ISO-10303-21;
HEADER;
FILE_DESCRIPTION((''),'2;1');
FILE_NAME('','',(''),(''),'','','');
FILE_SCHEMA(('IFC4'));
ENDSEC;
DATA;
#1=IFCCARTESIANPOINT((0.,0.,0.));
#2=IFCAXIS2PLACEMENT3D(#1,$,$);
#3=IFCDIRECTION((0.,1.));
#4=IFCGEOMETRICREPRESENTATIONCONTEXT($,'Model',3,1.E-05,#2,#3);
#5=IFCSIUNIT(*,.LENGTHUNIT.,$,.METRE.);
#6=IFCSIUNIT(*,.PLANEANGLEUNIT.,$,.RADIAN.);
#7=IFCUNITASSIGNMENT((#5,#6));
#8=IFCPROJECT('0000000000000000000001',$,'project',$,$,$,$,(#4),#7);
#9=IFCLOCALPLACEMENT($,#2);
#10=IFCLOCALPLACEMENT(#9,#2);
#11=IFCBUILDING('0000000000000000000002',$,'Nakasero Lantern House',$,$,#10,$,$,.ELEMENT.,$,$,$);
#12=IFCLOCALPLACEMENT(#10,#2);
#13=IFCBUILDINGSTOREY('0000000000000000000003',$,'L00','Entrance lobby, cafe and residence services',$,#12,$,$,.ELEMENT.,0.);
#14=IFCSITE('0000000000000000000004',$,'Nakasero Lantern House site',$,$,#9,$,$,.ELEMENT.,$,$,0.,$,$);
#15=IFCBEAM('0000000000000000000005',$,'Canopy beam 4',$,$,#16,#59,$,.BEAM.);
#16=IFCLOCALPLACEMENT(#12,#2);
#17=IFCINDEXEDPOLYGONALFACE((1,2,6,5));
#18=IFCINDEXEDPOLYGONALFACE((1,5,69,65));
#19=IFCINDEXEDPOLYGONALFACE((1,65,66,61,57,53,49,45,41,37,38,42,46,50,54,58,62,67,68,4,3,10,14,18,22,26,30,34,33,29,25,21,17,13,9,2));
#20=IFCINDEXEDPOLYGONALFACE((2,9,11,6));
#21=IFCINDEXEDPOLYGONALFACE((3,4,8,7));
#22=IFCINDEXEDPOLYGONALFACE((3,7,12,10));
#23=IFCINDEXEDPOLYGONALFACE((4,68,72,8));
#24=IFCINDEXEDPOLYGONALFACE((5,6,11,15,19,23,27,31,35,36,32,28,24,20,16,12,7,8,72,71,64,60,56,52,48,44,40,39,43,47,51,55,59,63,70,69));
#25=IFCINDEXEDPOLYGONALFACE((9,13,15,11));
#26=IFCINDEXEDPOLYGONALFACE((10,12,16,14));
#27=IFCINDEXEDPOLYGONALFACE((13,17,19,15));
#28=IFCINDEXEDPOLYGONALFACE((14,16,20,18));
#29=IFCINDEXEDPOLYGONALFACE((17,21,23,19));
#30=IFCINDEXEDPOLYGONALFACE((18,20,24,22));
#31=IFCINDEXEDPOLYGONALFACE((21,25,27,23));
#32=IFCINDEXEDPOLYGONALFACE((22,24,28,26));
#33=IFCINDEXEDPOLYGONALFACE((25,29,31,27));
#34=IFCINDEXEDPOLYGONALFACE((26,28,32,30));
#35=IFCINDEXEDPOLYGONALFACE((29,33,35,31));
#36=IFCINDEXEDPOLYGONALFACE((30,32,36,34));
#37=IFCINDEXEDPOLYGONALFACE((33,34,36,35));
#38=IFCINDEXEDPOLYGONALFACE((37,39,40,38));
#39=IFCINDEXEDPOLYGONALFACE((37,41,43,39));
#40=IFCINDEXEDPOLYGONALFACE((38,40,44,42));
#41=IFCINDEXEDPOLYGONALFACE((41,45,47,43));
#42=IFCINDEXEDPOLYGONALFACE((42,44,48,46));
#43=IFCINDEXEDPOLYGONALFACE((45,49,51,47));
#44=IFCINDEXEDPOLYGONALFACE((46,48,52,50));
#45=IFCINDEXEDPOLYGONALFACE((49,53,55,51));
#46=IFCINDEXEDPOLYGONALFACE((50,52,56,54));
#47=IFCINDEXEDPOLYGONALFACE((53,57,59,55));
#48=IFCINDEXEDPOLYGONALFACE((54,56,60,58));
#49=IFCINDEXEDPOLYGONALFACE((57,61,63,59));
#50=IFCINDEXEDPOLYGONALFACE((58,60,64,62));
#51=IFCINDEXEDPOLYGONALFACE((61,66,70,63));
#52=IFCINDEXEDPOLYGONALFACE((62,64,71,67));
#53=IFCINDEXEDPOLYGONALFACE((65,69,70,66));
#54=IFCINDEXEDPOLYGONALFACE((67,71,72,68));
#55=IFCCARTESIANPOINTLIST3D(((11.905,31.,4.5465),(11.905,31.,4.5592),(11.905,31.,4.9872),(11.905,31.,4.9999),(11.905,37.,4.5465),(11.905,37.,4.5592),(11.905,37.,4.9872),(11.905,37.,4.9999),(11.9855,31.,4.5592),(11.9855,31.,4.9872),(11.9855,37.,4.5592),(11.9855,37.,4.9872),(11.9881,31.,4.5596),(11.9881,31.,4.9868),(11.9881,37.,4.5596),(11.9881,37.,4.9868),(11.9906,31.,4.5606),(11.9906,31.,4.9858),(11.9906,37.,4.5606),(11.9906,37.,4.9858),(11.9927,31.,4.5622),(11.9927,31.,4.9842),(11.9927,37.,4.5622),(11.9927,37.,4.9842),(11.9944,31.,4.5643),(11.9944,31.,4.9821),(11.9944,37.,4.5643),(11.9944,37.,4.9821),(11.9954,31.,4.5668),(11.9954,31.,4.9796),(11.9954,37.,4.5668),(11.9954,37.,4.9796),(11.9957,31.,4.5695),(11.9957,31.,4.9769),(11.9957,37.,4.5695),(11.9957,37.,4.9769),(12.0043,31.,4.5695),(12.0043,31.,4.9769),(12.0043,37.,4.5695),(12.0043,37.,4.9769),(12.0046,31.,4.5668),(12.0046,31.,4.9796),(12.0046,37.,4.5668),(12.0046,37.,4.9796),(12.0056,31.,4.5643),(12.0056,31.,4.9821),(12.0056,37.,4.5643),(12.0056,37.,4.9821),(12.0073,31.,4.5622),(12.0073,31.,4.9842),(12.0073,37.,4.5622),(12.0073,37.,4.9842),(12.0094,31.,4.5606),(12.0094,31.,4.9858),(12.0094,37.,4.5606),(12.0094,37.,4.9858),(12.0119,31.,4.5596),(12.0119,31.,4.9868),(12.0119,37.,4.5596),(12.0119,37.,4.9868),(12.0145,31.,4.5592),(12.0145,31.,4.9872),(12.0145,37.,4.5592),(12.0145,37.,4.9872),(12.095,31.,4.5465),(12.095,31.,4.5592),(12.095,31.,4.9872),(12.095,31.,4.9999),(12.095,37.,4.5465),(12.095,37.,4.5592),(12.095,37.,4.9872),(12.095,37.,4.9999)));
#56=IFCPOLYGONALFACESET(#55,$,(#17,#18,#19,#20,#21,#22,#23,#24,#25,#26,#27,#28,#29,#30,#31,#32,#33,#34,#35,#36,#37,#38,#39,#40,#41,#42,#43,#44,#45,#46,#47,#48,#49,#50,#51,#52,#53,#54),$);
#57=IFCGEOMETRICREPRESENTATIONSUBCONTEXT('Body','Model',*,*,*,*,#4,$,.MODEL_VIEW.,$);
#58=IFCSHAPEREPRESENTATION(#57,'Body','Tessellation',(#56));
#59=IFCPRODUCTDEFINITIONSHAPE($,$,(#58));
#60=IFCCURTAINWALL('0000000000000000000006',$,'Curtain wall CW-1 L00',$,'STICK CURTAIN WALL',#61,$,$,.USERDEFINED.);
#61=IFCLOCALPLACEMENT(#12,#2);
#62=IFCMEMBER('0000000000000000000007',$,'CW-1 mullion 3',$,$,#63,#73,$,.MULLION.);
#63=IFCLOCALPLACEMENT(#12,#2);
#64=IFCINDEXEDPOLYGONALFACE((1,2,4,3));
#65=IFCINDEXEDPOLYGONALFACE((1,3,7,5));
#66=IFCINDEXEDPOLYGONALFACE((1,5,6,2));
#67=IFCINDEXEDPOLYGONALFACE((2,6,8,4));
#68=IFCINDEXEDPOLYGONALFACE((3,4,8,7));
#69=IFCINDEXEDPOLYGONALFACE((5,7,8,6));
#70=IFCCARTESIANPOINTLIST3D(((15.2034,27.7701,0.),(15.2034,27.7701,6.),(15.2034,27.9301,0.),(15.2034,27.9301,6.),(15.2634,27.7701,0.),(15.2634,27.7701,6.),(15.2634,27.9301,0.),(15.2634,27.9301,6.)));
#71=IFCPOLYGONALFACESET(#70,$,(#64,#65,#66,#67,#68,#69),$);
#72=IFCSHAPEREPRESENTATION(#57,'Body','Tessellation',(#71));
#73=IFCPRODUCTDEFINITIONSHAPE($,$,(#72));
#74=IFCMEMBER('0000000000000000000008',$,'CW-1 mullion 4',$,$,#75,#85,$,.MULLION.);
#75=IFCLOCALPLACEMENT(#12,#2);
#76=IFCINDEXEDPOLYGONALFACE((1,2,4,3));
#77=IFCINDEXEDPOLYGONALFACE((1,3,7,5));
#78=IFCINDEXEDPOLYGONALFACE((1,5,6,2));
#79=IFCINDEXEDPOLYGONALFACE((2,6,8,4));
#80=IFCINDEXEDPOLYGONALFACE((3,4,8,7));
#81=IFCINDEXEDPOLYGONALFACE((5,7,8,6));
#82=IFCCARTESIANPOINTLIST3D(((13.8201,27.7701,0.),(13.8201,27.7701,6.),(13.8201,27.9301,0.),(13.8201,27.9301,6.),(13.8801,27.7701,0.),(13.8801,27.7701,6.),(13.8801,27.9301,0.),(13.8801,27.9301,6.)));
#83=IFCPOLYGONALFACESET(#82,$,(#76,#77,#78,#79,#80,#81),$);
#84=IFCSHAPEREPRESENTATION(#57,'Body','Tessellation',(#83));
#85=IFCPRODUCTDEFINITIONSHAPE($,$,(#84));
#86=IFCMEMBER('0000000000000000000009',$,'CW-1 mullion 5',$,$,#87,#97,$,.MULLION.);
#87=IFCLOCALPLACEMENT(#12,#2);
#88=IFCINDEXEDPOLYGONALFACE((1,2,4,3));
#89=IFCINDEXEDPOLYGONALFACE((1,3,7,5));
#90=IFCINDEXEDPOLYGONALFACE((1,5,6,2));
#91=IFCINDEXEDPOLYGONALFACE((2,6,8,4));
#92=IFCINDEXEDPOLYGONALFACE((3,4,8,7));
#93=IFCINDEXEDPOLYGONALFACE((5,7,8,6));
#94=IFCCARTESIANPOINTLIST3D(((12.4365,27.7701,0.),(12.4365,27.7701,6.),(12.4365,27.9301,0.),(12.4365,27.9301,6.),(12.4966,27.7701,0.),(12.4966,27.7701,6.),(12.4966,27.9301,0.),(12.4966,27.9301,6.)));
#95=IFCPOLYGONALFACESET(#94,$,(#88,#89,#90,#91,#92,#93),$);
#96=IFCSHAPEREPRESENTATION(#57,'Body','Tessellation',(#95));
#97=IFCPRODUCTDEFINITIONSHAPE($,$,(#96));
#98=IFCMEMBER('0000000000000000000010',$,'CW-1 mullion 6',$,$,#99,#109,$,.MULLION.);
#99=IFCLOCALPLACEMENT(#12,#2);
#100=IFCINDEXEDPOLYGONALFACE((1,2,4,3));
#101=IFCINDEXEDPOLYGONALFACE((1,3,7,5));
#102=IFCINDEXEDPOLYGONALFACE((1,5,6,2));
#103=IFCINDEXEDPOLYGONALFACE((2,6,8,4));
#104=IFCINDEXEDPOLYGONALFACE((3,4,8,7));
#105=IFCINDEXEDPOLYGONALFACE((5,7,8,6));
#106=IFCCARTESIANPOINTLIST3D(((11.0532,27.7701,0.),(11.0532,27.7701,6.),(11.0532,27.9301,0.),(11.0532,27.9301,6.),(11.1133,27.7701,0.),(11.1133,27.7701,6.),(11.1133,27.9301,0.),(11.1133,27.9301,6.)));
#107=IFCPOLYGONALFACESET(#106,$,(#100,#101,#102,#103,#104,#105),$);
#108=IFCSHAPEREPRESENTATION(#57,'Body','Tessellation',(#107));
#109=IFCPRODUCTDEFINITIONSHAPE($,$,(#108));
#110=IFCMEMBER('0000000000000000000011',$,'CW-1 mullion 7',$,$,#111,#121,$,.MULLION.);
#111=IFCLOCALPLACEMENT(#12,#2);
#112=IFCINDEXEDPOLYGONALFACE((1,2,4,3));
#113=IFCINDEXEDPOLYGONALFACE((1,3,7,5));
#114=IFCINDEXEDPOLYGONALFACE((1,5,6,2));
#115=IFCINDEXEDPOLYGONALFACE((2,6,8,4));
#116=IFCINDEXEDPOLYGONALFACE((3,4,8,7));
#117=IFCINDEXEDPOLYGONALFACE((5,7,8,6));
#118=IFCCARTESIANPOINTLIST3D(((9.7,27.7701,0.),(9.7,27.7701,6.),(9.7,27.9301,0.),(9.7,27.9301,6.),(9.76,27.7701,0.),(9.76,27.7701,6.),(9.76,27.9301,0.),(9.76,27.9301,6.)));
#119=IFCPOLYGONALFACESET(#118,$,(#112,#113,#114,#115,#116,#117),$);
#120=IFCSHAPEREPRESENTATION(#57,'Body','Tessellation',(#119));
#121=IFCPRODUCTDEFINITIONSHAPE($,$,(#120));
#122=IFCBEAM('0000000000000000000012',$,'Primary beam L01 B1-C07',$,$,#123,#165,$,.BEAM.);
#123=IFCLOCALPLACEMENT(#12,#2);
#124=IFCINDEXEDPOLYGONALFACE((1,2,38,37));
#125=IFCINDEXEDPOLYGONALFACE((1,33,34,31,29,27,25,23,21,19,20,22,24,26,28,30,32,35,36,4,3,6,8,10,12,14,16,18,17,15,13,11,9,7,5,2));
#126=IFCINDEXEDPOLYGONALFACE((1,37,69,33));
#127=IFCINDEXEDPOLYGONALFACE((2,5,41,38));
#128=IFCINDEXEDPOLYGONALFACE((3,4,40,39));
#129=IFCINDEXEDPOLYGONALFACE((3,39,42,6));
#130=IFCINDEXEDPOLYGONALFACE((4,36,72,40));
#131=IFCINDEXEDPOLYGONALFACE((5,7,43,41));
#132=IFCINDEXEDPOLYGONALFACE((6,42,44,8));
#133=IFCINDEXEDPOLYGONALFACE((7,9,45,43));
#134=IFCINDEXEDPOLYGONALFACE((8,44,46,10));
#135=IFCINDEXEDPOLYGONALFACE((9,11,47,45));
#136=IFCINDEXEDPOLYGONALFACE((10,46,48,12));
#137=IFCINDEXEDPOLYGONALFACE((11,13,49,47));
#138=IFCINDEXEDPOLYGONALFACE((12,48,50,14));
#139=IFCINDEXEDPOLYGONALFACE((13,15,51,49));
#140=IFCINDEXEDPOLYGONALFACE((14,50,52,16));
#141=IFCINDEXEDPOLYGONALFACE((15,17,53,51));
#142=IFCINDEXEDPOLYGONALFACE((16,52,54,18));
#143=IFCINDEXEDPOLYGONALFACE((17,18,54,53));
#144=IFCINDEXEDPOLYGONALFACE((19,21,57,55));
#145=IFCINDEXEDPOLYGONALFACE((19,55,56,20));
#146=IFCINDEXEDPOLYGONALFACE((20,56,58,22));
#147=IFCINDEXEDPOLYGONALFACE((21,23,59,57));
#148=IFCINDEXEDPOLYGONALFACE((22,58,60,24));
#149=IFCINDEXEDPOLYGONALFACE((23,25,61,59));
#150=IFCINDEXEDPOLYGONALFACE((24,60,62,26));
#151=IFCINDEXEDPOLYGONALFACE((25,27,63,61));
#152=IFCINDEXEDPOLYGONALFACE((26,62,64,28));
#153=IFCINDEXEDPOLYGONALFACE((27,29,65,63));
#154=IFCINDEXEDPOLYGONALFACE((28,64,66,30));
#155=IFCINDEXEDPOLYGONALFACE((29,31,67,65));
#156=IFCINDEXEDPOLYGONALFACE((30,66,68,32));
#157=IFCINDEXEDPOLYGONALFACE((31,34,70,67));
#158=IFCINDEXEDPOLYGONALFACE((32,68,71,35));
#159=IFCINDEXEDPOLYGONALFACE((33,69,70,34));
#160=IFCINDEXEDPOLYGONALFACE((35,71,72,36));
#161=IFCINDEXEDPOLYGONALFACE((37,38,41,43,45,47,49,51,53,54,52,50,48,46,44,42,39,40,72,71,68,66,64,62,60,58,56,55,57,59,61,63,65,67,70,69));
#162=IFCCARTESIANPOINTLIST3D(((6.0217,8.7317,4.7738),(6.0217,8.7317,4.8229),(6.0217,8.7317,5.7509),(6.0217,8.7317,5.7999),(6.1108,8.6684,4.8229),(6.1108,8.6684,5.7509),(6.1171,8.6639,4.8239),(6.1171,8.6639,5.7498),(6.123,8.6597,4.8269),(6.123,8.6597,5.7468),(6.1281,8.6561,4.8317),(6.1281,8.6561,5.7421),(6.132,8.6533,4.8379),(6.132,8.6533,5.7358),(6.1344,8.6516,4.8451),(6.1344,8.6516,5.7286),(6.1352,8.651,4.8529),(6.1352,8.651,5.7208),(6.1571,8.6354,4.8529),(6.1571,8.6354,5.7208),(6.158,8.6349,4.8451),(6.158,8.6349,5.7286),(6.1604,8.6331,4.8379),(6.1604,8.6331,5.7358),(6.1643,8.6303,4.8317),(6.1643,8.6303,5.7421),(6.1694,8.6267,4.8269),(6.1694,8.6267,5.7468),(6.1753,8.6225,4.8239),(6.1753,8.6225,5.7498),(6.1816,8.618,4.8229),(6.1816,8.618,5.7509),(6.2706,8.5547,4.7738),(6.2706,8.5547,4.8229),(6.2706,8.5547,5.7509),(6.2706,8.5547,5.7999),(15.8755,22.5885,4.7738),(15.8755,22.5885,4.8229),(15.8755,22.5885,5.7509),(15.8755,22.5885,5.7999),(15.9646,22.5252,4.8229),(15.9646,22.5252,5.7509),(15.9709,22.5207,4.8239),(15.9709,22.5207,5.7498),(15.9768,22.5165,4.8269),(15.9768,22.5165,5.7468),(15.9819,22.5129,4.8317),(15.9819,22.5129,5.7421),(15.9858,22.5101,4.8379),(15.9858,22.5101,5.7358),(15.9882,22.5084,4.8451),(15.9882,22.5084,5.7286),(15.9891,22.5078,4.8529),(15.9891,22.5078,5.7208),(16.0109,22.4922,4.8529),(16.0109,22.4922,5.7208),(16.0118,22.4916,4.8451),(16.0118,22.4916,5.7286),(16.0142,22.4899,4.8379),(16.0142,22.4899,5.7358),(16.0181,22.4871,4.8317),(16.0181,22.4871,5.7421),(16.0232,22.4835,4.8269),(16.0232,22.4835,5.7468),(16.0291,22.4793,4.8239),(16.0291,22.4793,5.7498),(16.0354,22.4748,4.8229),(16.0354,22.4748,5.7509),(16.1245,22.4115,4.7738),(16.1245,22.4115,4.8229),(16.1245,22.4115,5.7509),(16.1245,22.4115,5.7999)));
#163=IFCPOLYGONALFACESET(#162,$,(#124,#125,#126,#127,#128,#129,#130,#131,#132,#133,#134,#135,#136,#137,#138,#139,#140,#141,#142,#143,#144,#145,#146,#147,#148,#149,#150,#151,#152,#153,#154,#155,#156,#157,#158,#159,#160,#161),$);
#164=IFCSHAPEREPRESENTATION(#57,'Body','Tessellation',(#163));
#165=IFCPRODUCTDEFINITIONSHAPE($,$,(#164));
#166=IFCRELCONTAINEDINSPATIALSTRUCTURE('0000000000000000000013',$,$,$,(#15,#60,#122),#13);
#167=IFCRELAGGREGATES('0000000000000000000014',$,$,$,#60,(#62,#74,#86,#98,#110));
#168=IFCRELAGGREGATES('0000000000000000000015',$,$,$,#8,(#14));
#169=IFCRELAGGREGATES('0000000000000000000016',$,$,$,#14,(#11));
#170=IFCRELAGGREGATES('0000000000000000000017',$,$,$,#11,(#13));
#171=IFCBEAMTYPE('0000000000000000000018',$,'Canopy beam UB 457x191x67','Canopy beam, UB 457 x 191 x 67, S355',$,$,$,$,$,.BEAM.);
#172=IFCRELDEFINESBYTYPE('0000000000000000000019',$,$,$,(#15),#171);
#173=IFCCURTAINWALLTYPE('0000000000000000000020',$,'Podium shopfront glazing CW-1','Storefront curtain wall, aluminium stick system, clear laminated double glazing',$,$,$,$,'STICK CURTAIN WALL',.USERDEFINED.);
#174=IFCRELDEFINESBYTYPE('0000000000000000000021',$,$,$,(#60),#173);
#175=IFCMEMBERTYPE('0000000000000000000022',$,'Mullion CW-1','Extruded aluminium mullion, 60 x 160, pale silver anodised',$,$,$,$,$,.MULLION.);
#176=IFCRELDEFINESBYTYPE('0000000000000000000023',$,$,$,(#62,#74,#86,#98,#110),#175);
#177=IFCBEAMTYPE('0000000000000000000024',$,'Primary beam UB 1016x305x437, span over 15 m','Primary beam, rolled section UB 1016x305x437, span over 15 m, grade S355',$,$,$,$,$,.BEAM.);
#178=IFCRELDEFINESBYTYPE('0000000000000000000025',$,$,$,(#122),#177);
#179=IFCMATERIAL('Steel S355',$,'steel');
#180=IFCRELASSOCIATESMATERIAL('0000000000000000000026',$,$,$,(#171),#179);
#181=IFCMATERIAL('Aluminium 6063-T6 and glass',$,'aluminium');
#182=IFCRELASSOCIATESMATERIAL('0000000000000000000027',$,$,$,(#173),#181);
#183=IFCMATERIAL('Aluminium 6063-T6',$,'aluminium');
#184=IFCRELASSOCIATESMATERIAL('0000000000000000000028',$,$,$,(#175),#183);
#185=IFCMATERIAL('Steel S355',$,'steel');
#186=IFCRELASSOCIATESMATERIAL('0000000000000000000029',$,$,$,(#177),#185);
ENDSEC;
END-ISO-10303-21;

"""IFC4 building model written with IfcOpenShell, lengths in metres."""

from ifc_helpers import new_model, si_unit, direction, frame, origin, origin_2d, place, context, subcontext, project, spatial, rectangle, i_section, extrude, material, material_profile, profile_set, type_object, element, aggregate, save


model = new_model("IFC4")

# Units and contexts
model_context = context("Model", 3, precision=1e-05, world=origin(), true_north=direction((0.0, 1.0)))
body_context = subcontext(model_context, "Body", "Model", "MODEL_VIEW")
ifc_project = project(units=[si_unit("LENGTHUNIT", "METRE"), si_unit("PLANEANGLEUNIT", "RADIAN")], contexts=[model_context])

# Site, building, storey
site_placement = place(None, origin())
site = spatial("IfcSite", under=ifc_project, at=site_placement, Name="Nakasero Lantern House site", CompositionType="ELEMENT", RefElevation=0.0)
building_placement = place(site_placement, origin())
building = spatial("IfcBuilding", under=site, at=building_placement, Name="Nakasero Lantern House", CompositionType="ELEMENT")
storey_placement = place(building_placement, origin())
storey = spatial("IfcBuildingStorey", under=building, at=storey_placement, Name="L00", Description="Entrance lobby, cafe and residence services", CompositionType="ELEMENT", Elevation=0.0)

# Beam
ifc_material_1 = material(Name="Steel S355", Category="steel")
ifc_material_profile_1 = material_profile(ifc_material_1, i_section(OverallWidth=0.1899, OverallDepth=0.4534, WebThickness=0.0085, FlangeThickness=0.0127, FilletRadius=0.0103, at=origin_2d()), Name="UB 457x191x67")
ifc_profile_set_1 = profile_set([ifc_material_profile_1], Name="Steel S355")
beam_type_1 = type_object("IfcBeamType", Name="Canopy beam UB 457x191x67", Description="Canopy beam, UB 457 x 191 x 67, S355", PredefinedType="BEAM", material=ifc_profile_set_1)
beam_1_placement = place(storey_placement, frame((12.0, 31.0, 4.7732), z_axis=(0.0, 1.0, 0.0), x_axis=(-1.0, 0.0, 0.0)))
element("IfcBeam", 1, at=beam_1_placement, inside=storey, type_object=beam_type_1, Name="Canopy beam 4", PredefinedType="BEAM", context=body_context, shape_type="SweptSolid", body=[
    extrude(i_section(OverallWidth=0.1899, OverallDepth=0.4534, WebThickness=0.0085, FlangeThickness=0.0127, FilletRadius=0.0103, at=origin_2d()), origin(), (0.0, 0.0, 1.0), 6.0),
])

# Curtain wall, members
ifc_material_2 = material(Name="Aluminium 6063-T6 and glass", Category="aluminium")
curtain_wall_type = type_object("IfcCurtainWallType", Name="Podium shopfront glazing CW-1", Description="Storefront curtain wall, aluminium stick system, clear laminated double glazing", ElementType="STICK CURTAIN WALL", PredefinedType="USERDEFINED", material=ifc_material_2)
curtain_wall_placement = place(storey_placement, origin())
curtain_wall = element("IfcCurtainWall", 2, at=curtain_wall_placement, inside=storey, type_object=curtain_wall_type, Name="Curtain wall CW-1 L00", ObjectType="STICK CURTAIN WALL", PredefinedType="USERDEFINED")
ifc_material_3 = material(Name="Aluminium 6063-T6", Category="aluminium")
ifc_material_profile_2 = material_profile(ifc_material_3, rectangle(XDim=0.0601, YDim=0.1599, at=origin_2d()), Name="CW-1 mullion 60x160")
ifc_profile_set_2 = profile_set([ifc_material_profile_2], Name="Aluminium 6063-T6")
member_type_1 = type_object("IfcMemberType", Name="Mullion CW-1", Description="Extruded aluminium mullion, 60 x 160, pale silver anodised", PredefinedType="MULLION", material=ifc_profile_set_2)
member_1_placement = place(storey_placement, frame((15.2334, 27.8501, 0.0), z_axis=(0.0, 0.0, 1.0), x_axis=(-1.0, 0.0, 0.0)))
member_1 = element("IfcMember", 3, at=member_1_placement, type_object=member_type_1, Name="CW-1 mullion 3", PredefinedType="MULLION", context=body_context, shape_type="SweptSolid", body=[
    extrude(rectangle(XDim=0.0601, YDim=0.1599, at=origin_2d()), origin(), (0.0, 0.0, 1.0), 6.0),
])
member_2_placement = place(storey_placement, frame((13.8501, 27.8501, 0.0), z_axis=(0.0, 0.0, 1.0), x_axis=(-1.0, 0.0, 0.0)))
member_2 = element("IfcMember", 4, at=member_2_placement, type_object=member_type_1, Name="CW-1 mullion 4", PredefinedType="MULLION", context=body_context, shape_type="SweptSolid", body=[
    extrude(rectangle(XDim=0.0601, YDim=0.1599, at=origin_2d()), origin(), (0.0, 0.0, 1.0), 6.0),
])
member_3_placement = place(storey_placement, frame((12.4666, 27.8501, 0.0), z_axis=(0.0, 0.0, 1.0), x_axis=(-1.0, 0.0, 0.0)))
member_3 = element("IfcMember", 5, at=member_3_placement, type_object=member_type_1, Name="CW-1 mullion 5", PredefinedType="MULLION", context=body_context, shape_type="SweptSolid", body=[
    extrude(rectangle(XDim=0.0601, YDim=0.1599, at=origin_2d()), origin(), (0.0, 0.0, 1.0), 6.0),
])
member_4_placement = place(storey_placement, frame((11.0833, 27.8501, 0.0), z_axis=(0.0, 0.0, 1.0), x_axis=(-1.0, 0.0, 0.0)))
member_4 = element("IfcMember", 6, at=member_4_placement, type_object=member_type_1, Name="CW-1 mullion 6", PredefinedType="MULLION", context=body_context, shape_type="SweptSolid", body=[
    extrude(rectangle(XDim=0.0601, YDim=0.1599, at=origin_2d()), origin(), (0.0, 0.0, 1.0), 6.0),
])
member_5_placement = place(storey_placement, frame((9.73, 27.8501, 0.0), z_axis=(0.0, 0.0, 1.0), x_axis=(-1.0, 0.0, 0.0)))
member_5 = element("IfcMember", 7, at=member_5_placement, type_object=member_type_1, Name="CW-1 mullion 7", PredefinedType="MULLION", context=body_context, shape_type="SweptSolid", body=[
    extrude(rectangle(XDim=0.0601, YDim=0.1599, at=origin_2d()), origin(), (0.0, 0.0, 1.0), 6.0),
])

# Beam
ifc_material_4 = material(Name="Steel S355", Category="steel")
ifc_material_profile_3 = material_profile(ifc_material_4, i_section(OverallWidth=0.3054, OverallDepth=1.0261, WebThickness=0.0269, FlangeThickness=0.0491, FilletRadius=0.03, at=origin_2d()), Name="UB 1016x305x437")
ifc_profile_set_3 = profile_set([ifc_material_profile_3], Name="Steel S355")
beam_type_2 = type_object("IfcBeamType", Name="Primary beam UB 1016x305x437, span over 15 m", Description="Primary beam, rolled section UB 1016x305x437, span over 15 m, grade S355", PredefinedType="BEAM", material=ifc_profile_set_3)
beam_2_placement = place(storey_placement, frame((16.0, 22.5, 5.2869), z_axis=(-0.579528, -0.814952, 0.0), x_axis=(0.814952, -0.579528, 0.0)))
element("IfcBeam", 8, at=beam_2_placement, inside=storey, type_object=beam_type_2, Name="Primary beam L01 B1-C07", PredefinedType="BEAM", context=body_context, shape_type="SweptSolid", body=[
    extrude(i_section(OverallWidth=0.3054, OverallDepth=1.0261, WebThickness=0.0269, FlangeThickness=0.0491, FilletRadius=0.03, at=origin_2d()), origin(), (0.0, 0.0, 1.0), 17.0032),
])

aggregate(curtain_wall, [member_1, member_2, member_3, member_4, member_5])

save(model, "model.ifc")
